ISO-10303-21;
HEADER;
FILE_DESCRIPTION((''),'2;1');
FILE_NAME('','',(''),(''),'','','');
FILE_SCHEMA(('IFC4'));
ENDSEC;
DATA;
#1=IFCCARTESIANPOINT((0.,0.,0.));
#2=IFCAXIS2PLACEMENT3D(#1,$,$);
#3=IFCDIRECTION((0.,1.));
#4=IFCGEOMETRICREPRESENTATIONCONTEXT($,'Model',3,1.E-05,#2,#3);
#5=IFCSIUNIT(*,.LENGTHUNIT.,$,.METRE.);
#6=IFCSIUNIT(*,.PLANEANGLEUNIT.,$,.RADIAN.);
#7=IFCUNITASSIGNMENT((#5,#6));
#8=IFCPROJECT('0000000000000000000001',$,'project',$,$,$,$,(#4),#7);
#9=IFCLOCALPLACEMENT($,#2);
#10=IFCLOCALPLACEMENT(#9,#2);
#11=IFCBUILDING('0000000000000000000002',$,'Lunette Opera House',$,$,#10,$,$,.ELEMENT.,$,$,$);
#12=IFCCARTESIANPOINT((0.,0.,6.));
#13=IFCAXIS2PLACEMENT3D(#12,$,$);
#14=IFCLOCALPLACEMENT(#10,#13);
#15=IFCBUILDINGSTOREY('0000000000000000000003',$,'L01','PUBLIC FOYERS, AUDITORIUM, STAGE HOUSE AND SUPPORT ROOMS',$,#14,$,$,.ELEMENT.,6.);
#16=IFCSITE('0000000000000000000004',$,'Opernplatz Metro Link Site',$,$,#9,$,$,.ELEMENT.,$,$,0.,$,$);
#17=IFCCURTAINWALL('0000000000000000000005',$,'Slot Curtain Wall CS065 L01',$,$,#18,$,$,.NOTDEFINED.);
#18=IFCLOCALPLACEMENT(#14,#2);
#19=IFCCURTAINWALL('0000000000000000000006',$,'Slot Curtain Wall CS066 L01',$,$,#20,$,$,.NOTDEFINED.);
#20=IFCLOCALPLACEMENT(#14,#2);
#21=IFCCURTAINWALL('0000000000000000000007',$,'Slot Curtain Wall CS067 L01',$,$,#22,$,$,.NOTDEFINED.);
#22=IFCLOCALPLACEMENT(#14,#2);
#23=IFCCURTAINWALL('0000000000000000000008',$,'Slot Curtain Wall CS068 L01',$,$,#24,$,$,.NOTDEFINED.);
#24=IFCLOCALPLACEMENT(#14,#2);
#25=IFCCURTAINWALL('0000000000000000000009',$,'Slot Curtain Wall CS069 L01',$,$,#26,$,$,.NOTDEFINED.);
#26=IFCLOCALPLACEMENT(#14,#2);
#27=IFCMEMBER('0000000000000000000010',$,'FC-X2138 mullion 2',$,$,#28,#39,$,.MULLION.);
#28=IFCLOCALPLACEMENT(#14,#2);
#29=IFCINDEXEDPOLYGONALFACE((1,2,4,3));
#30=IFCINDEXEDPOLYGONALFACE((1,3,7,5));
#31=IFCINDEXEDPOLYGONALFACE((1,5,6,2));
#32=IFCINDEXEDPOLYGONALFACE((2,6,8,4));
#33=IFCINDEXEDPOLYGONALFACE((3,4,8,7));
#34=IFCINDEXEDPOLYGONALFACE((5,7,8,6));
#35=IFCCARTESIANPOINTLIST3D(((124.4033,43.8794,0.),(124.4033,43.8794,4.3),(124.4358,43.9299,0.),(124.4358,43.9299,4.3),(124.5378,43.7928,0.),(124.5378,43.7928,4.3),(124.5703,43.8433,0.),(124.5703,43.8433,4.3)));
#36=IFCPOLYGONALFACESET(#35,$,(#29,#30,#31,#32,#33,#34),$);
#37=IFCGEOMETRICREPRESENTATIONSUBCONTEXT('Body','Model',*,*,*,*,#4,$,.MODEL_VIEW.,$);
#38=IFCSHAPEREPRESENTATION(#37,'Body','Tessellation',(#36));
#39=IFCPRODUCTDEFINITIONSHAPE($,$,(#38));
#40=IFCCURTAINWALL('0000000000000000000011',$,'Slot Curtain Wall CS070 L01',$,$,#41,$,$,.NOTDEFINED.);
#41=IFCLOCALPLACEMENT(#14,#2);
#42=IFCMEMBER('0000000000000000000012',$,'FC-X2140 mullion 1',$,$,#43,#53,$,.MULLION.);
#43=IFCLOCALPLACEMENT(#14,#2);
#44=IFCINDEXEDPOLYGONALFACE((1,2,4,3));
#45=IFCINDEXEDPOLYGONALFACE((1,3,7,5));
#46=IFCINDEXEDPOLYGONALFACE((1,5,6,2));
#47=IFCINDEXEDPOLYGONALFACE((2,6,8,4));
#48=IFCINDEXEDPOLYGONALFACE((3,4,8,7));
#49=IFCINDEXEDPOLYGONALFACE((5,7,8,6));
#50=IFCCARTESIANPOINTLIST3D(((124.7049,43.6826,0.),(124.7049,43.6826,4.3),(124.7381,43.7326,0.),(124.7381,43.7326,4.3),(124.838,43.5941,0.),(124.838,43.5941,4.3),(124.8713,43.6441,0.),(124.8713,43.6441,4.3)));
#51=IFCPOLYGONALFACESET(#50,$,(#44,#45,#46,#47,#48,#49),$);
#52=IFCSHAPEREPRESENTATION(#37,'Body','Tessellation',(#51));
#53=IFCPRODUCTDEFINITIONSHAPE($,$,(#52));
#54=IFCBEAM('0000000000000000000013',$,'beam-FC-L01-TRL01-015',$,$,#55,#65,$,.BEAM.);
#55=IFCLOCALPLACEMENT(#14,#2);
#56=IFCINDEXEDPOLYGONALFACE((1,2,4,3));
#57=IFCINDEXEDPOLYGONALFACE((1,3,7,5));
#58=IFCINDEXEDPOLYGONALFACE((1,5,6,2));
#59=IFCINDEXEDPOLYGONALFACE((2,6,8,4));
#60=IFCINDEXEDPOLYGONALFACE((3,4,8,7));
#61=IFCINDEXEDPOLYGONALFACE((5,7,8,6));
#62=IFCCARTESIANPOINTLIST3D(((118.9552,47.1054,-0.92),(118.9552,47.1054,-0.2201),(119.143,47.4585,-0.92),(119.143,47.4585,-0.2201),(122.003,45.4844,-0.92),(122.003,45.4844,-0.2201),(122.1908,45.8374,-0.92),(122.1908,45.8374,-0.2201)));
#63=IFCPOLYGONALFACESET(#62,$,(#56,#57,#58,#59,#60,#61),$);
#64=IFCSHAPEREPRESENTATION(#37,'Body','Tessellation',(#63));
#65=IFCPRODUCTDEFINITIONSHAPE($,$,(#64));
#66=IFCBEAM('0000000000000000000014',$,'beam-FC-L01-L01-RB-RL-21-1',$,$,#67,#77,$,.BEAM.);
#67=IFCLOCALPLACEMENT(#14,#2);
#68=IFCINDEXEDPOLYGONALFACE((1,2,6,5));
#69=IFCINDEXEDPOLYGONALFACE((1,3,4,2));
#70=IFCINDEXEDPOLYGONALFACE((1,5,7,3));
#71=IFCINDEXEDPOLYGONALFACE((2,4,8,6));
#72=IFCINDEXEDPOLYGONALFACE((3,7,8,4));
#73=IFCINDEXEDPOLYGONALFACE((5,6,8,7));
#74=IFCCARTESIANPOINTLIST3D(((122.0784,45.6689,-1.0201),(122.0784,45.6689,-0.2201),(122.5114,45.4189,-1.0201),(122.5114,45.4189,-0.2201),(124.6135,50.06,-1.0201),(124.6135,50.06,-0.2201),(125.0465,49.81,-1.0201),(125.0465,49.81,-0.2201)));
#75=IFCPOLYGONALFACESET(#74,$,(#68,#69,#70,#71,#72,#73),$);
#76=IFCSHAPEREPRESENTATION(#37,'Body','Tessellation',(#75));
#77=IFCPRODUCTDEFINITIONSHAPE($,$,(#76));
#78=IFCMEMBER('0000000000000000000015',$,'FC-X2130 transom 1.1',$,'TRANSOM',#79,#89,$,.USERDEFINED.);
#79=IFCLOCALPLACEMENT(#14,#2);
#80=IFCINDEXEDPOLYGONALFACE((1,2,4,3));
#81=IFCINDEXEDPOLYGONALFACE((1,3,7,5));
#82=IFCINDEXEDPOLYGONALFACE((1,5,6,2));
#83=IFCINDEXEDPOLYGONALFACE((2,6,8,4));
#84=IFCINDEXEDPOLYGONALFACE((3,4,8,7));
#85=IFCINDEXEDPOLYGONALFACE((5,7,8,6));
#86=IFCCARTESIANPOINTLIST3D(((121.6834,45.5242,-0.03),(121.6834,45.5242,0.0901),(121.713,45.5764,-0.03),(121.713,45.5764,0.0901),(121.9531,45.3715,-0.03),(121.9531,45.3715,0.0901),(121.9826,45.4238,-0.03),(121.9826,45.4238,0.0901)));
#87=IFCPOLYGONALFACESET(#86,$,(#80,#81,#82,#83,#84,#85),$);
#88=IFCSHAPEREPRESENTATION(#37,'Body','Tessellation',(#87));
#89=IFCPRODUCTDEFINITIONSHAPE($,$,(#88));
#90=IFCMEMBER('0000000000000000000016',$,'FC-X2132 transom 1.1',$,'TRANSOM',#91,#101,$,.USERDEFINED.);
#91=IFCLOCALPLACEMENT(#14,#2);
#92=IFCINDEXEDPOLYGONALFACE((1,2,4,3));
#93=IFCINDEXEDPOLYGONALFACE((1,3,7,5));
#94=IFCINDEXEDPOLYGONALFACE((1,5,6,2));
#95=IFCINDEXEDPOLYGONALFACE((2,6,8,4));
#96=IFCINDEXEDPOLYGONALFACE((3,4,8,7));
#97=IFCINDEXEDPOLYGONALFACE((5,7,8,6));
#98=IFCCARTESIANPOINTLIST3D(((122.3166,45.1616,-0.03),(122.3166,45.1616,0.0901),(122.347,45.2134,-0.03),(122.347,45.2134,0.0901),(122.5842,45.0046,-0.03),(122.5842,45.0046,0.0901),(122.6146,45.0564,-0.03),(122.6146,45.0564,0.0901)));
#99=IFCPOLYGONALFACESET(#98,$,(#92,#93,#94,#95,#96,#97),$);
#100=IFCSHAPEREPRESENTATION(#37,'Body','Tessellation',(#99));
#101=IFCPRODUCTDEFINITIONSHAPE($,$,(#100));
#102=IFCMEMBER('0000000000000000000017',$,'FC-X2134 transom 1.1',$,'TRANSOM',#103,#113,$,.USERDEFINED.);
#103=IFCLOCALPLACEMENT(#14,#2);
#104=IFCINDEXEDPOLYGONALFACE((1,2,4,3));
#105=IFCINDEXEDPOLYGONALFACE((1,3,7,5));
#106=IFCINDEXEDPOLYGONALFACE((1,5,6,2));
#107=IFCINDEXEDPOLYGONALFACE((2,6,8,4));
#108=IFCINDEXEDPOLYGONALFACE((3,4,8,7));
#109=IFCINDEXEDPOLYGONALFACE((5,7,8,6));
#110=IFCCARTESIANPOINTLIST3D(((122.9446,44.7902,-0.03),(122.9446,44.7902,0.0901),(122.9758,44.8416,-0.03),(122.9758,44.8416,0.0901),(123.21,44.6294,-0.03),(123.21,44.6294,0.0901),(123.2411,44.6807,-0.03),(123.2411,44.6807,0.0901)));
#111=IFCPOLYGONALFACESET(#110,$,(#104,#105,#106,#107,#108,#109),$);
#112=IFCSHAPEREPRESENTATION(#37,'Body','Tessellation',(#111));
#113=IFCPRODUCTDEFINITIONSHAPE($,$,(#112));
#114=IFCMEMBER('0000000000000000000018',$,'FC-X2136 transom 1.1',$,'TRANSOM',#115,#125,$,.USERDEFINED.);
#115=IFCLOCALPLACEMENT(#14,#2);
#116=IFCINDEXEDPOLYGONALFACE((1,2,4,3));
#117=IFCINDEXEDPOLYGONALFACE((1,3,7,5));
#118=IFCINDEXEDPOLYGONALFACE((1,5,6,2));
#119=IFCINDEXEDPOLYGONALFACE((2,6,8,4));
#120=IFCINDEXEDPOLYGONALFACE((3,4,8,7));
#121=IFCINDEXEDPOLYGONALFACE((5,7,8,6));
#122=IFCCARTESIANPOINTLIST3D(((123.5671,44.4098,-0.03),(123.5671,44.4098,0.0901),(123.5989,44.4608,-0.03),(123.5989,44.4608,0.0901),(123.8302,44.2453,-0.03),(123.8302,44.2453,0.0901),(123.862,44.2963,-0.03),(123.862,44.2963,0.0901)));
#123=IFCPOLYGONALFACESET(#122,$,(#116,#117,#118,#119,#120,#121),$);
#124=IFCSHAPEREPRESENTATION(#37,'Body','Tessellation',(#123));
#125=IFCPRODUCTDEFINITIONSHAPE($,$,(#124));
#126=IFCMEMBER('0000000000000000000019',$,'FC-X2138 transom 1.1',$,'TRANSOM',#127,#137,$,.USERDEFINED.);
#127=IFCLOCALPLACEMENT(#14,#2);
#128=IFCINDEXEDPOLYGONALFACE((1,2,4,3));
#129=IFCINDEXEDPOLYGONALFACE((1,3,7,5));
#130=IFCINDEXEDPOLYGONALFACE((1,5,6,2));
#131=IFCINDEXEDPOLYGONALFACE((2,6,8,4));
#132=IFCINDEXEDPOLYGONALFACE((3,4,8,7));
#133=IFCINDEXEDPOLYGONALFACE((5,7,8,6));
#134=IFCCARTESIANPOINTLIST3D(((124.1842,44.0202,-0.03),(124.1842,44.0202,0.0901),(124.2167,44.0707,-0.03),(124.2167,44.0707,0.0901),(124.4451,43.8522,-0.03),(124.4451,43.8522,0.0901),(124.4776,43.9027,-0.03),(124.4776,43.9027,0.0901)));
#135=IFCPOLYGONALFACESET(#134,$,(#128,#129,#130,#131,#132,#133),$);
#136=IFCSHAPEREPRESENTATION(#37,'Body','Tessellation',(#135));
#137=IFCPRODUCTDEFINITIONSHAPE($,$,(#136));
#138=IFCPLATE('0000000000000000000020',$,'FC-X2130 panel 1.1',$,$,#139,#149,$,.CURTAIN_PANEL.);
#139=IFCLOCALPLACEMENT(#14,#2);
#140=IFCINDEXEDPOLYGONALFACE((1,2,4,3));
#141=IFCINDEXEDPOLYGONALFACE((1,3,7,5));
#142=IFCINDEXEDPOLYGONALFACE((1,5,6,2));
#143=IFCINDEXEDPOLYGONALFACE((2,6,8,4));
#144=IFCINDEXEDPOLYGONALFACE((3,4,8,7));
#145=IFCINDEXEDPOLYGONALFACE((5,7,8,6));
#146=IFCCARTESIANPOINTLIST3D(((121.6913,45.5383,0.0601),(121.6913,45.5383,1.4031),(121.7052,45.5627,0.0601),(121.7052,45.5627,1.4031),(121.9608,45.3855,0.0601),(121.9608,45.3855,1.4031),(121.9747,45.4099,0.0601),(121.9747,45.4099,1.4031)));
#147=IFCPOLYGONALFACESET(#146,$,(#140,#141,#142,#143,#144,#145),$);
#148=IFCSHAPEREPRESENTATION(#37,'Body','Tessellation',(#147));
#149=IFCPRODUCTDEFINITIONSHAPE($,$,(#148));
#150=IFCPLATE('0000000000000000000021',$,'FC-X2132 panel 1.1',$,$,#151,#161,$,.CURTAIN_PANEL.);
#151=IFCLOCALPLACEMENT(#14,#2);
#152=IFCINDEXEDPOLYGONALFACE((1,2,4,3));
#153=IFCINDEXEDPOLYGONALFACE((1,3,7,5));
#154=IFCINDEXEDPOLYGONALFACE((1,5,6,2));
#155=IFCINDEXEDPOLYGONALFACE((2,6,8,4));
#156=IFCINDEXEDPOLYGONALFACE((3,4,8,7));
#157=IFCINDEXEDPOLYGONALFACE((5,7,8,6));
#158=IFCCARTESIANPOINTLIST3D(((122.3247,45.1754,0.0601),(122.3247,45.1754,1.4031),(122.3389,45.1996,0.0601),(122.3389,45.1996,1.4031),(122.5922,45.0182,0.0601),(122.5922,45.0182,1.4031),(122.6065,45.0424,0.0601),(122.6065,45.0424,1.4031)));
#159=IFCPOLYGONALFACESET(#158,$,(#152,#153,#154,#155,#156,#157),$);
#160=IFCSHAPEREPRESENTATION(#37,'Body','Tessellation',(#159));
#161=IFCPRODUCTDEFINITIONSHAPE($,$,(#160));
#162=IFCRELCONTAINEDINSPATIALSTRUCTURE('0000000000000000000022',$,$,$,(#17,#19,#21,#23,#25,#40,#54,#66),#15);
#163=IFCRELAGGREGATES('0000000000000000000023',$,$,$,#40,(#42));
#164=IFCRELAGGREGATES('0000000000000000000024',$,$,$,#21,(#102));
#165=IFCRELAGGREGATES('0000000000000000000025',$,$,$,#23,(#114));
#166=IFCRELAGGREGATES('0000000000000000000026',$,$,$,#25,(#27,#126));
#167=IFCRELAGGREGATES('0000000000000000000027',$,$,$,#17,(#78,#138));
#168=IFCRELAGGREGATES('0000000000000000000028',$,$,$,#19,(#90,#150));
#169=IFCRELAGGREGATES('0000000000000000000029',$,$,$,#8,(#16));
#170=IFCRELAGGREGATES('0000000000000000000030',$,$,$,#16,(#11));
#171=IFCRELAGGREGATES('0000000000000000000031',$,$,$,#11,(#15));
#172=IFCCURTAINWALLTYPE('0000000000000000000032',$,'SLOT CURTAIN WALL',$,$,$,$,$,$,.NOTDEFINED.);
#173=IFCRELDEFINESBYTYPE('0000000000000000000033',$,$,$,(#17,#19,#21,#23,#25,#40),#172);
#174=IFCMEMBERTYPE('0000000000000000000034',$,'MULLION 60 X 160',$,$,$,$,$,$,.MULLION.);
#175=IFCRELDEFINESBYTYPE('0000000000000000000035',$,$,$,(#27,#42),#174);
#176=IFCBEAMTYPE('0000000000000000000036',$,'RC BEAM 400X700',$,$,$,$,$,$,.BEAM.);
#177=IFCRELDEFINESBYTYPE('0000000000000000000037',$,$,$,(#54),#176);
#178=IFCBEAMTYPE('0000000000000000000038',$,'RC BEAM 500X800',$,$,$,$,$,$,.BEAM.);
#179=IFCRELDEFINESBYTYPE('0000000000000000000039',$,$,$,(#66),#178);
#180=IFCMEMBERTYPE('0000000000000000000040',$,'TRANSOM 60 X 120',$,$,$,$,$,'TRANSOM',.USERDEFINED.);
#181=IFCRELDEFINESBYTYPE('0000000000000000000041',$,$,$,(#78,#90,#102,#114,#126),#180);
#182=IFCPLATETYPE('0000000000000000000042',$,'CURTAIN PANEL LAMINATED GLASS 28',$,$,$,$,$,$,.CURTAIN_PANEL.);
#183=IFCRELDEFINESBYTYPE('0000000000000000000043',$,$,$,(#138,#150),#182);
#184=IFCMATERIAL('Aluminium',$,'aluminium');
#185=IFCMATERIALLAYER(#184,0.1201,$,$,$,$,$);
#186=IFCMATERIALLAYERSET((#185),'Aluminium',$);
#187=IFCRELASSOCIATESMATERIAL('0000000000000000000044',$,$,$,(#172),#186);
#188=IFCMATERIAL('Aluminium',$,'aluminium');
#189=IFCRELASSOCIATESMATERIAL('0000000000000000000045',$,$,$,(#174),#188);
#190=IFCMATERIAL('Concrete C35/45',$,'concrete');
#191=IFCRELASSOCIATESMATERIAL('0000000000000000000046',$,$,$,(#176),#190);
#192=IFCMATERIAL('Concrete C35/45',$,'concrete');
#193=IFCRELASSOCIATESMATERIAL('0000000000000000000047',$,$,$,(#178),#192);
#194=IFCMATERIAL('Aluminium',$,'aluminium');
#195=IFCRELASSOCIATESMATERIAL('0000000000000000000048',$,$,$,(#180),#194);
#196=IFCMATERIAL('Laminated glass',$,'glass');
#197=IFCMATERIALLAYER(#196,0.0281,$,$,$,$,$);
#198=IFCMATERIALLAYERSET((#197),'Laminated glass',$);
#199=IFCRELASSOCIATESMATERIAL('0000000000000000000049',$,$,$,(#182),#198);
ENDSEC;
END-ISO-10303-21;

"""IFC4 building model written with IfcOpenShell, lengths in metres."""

from ifc_helpers import new_model, si_unit, direction, frame, origin, origin_2d, place, context, subcontext, project, spatial, rectangle, extrude, material, layer, layer_set, material_profile, profile_set, type_object, element, aggregate, save


model = new_model("IFC4")

# Units and contexts
model_context = context("Model", 3, precision=1e-05, world=origin(), true_north=direction((0.0, 1.0)))
body_context = subcontext(model_context, "Body", "Model", "MODEL_VIEW")
ifc_project = project(units=[si_unit("LENGTHUNIT", "METRE"), si_unit("PLANEANGLEUNIT", "RADIAN")], contexts=[model_context])

# Site, building, storey
site_placement = place(None, origin())
site = spatial("IfcSite", under=ifc_project, at=site_placement, Name="Opernplatz Metro Link Site", CompositionType="ELEMENT", RefElevation=0.0)
building_placement = place(site_placement, origin())
building = spatial("IfcBuilding", under=site, at=building_placement, Name="Lunette Opera House", CompositionType="ELEMENT")
storey_placement = place(building_placement, frame((0.0, 0.0, 6.0)))
storey = spatial("IfcBuildingStorey", under=building, at=storey_placement, Name="L01", Description="PUBLIC FOYERS, AUDITORIUM, STAGE HOUSE AND SUPPORT ROOMS", CompositionType="ELEMENT", Elevation=6.0)

# Shared definitions
ifc_material_1 = material(Name="Aluminium", Category="aluminium")
ifc_layer_1 = layer(ifc_material_1, 0.1201)
ifc_layer_set_1 = layer_set([ifc_layer_1], Name="Aluminium")
curtain_wall_type = type_object("IfcCurtainWallType", Name="SLOT CURTAIN WALL", PredefinedType="NOTDEFINED", material=ifc_layer_set_1)
ifc_material_2 = material(Name="Aluminium", Category="aluminium")
ifc_material_profile_1 = material_profile(ifc_material_2, rectangle(XDim=0.0601, YDim=0.1599, at=origin_2d()), Name="MULLION 60 X 160")
ifc_profile_set_1 = profile_set([ifc_material_profile_1], Name="Aluminium")
member_type_1 = type_object("IfcMemberType", Name="MULLION 60 X 160", PredefinedType="MULLION", material=ifc_profile_set_1)

# Curtain walls, member
curtain_wall_1_placement = place(storey_placement, origin())
curtain_wall_1 = element("IfcCurtainWall", 1, at=curtain_wall_1_placement, inside=storey, type_object=curtain_wall_type, Name="Slot Curtain Wall CS065 L01", PredefinedType="NOTDEFINED")
curtain_wall_2_placement = place(storey_placement, origin())
curtain_wall_2 = element("IfcCurtainWall", 2, at=curtain_wall_2_placement, inside=storey, type_object=curtain_wall_type, Name="Slot Curtain Wall CS066 L01", PredefinedType="NOTDEFINED")
curtain_wall_3_placement = place(storey_placement, origin())
curtain_wall_3 = element("IfcCurtainWall", 3, at=curtain_wall_3_placement, inside=storey, type_object=curtain_wall_type, Name="Slot Curtain Wall CS067 L01", PredefinedType="NOTDEFINED")
curtain_wall_4_placement = place(storey_placement, origin())
curtain_wall_4 = element("IfcCurtainWall", 4, at=curtain_wall_4_placement, inside=storey, type_object=curtain_wall_type, Name="Slot Curtain Wall CS068 L01", PredefinedType="NOTDEFINED")
curtain_wall_5_placement = place(storey_placement, origin())
curtain_wall_5 = element("IfcCurtainWall", 5, at=curtain_wall_5_placement, inside=storey, type_object=curtain_wall_type, Name="Slot Curtain Wall CS069 L01", PredefinedType="NOTDEFINED")
member_1_placement = place(storey_placement, frame((124.4868, 43.8613, 0.0), z_axis=(0.0, 0.0, 1.0), x_axis=(0.541227, 0.840876, 0.0)))
member_1 = element("IfcMember", 6, at=member_1_placement, type_object=member_type_1, Name="FC-X2138 mullion 2", PredefinedType="MULLION", context=body_context, shape_type="SweptSolid", body=[
    extrude(rectangle(XDim=0.0601, YDim=0.1599, at=origin_2d()), origin(), (0.0, 0.0, 1.0), 4.3),
])

# Curtain wall, member
curtain_wall_6_placement = place(storey_placement, origin())
curtain_wall_6 = element("IfcCurtainWall", 7, at=curtain_wall_6_placement, inside=storey, type_object=curtain_wall_type, Name="Slot Curtain Wall CS070 L01", PredefinedType="NOTDEFINED")
member_2_placement = place(storey_placement, frame((124.7881, 43.6633, 0.0), z_axis=(0.0, 0.0, 1.0), x_axis=(0.553626, 0.832765, 0.0)))
member_2 = element("IfcMember", 8, at=member_2_placement, type_object=member_type_1, Name="FC-X2140 mullion 1", PredefinedType="MULLION", context=body_context, shape_type="SweptSolid", body=[
    extrude(rectangle(XDim=0.0601, YDim=0.1599, at=origin_2d()), origin(), (0.0, 0.0, 1.0), 4.3),
])
aggregate(curtain_wall_6, [member_2])

# Beams
ifc_material_3 = material(Name="Concrete C35/45", Category="concrete")
ifc_material_profile_2 = material_profile(ifc_material_3, rectangle(XDim=0.3999, YDim=0.7, at=origin_2d()), Name="RC BEAM 400X700")
ifc_profile_set_2 = profile_set([ifc_material_profile_2], Name="Concrete C35/45")
beam_type_1 = type_object("IfcBeamType", Name="RC BEAM 400X700", PredefinedType="BEAM", material=ifc_profile_set_2)
beam_1_placement = place(storey_placement, frame((122.0969, 45.6609, -0.5701), z_axis=(-0.882885, 0.46959, 0.0), x_axis=(-0.46959, -0.882885, 0.0)))
element("IfcBeam", 9, at=beam_1_placement, inside=storey, type_object=beam_type_1, Name="beam-FC-L01-TRL01-015", PredefinedType="BEAM", context=body_context, shape_type="SweptSolid", body=[
    extrude(rectangle(XDim=0.3999, YDim=0.7, at=origin_2d()), origin(), (0.0, 0.0, 1.0), 3.4521),
])
ifc_material_4 = material(Name="Concrete C35/45", Category="concrete")
ifc_material_profile_3 = material_profile(ifc_material_4, rectangle(XDim=0.5, YDim=0.8, at=origin_2d()), Name="RC BEAM 500X800")
ifc_profile_set_3 = profile_set([ifc_material_profile_3], Name="Concrete C35/45")
beam_type_2 = type_object("IfcBeamType", Name="RC BEAM 500X800", PredefinedType="BEAM", material=ifc_profile_set_3)
beam_2_placement = place(storey_placement, frame((122.2949, 45.5439, -0.6201), z_axis=(0.499992, 0.86603, 0.0), x_axis=(-0.86603, 0.499992, 0.0)))
element("IfcBeam", 10, at=beam_2_placement, inside=storey, type_object=beam_type_2, Name="beam-FC-L01-L01-RB-RL-21-1", PredefinedType="BEAM", context=body_context, shape_type="SweptSolid", body=[
    extrude(rectangle(XDim=0.5, YDim=0.8, at=origin_2d()), origin(), (0.0, 0.0, 1.0), 5.0703),
])

# Members
ifc_material_5 = material(Name="Aluminium", Category="aluminium")
ifc_material_profile_4 = material_profile(ifc_material_5, rectangle(XDim=0.0601, YDim=0.1201, at=origin_2d()), Name="TRANSOM 60 X 120")
ifc_profile_set_4 = profile_set([ifc_material_profile_4], Name="Aluminium")
member_type_2 = type_object("IfcMemberType", Name="TRANSOM 60 X 120", ElementType="TRANSOM", PredefinedType="USERDEFINED", material=ifc_profile_set_4)
member_3_placement = place(storey_placement, frame((121.6982, 45.5503, 0.03), z_axis=(0.870225, -0.492655, 0.0), x_axis=(0.492655, 0.870225, 0.0)))
member_3 = element("IfcMember", 11, at=member_3_placement, type_object=member_type_2, Name="FC-X2130 transom 1.1", ObjectType="TRANSOM", PredefinedType="USERDEFINED", context=body_context, shape_type="SweptSolid", body=[
    extrude(rectangle(XDim=0.0601, YDim=0.1201, at=origin_2d()), origin(), (0.0, 0.0, 1.0), 0.3098),
])
member_4_placement = place(storey_placement, frame((122.3318, 45.1875, 0.03), z_axis=(0.86252, -0.506022, 0.0), x_axis=(0.506022, 0.86252, 0.0)))
member_4 = element("IfcMember", 12, at=member_4_placement, type_object=member_type_2, Name="FC-X2132 transom 1.1", ObjectType="TRANSOM", PredefinedType="USERDEFINED", context=body_context, shape_type="SweptSolid", body=[
    extrude(rectangle(XDim=0.0601, YDim=0.1201, at=origin_2d()), origin(), (0.0, 0.0, 1.0), 0.3103),
])
member_5_placement = place(storey_placement, frame((122.9602, 44.8159, 0.03), z_axis=(0.855124, -0.518424, 0.0), x_axis=(0.518424, 0.855124, 0.0)))
member_5 = element("IfcMember", 13, at=member_5_placement, type_object=member_type_2, Name="FC-X2134 transom 1.1", ObjectType="TRANSOM", PredefinedType="USERDEFINED", context=body_context, shape_type="SweptSolid", body=[
    extrude(rectangle(XDim=0.0601, YDim=0.1201, at=origin_2d()), origin(), (0.0, 0.0, 1.0), 0.3103),
])
aggregate(curtain_wall_3, [member_5])
member_6_placement = place(storey_placement, frame((123.583, 44.4353, 0.03), z_axis=(0.84791, -0.53014, 0.0), x_axis=(0.53014, 0.84791, 0.0)))
member_6 = element("IfcMember", 14, at=member_6_placement, type_object=member_type_2, Name="FC-X2136 transom 1.1", ObjectType="TRANSOM", PredefinedType="USERDEFINED", context=body_context, shape_type="SweptSolid", body=[
    extrude(rectangle(XDim=0.0601, YDim=0.1201, at=origin_2d()), origin(), (0.0, 0.0, 1.0), 0.3103),
])
aggregate(curtain_wall_4, [member_6])
member_7_placement = place(storey_placement, frame((124.2004, 44.0454, 0.03), z_axis=(0.840897, -0.541195, 0.0), x_axis=(0.541195, 0.840897, 0.0)))
member_7 = element("IfcMember", 15, at=member_7_placement, type_object=member_type_2, Name="FC-X2138 transom 1.1", ObjectType="TRANSOM", PredefinedType="USERDEFINED", context=body_context, shape_type="SweptSolid", body=[
    extrude(rectangle(XDim=0.0601, YDim=0.1201, at=origin_2d()), origin(), (0.0, 0.0, 1.0), 0.3103),
])
aggregate(curtain_wall_5, [member_1, member_7])

# Plates
ifc_material_6 = material(Name="Laminated glass", Category="glass")
ifc_layer_2 = layer(ifc_material_6, 0.0281)
ifc_layer_set_2 = layer_set([ifc_layer_2], Name="Laminated glass")
plate_type = type_object("IfcPlateType", Name="CURTAIN PANEL LAMINATED GLASS 28", PredefinedType="CURTAIN_PANEL", material=ifc_layer_set_2)
plate_1_placement = place(storey_placement, frame((121.833, 45.4741, 0.0601), z_axis=(0.0, 0.0, 1.0), x_axis=(0.869956, -0.49313, 0.0)))
plate_1 = element("IfcPlate", 16, at=plate_1_placement, type_object=plate_type, Name="FC-X2130 panel 1.1", PredefinedType="CURTAIN_PANEL", context=body_context, shape_type="SweptSolid", body=[
    extrude(rectangle(XDim=0.3098, YDim=0.0281, at=origin_2d()), origin(), (0.0, 0.0, 1.0), 1.343),
])
aggregate(curtain_wall_1, [member_3, plate_1])
plate_2_placement = place(storey_placement, frame((122.4656, 45.1089, 0.0601), z_axis=(0.0, 0.0, 1.0), x_axis=(0.862173, -0.506614, 0.0)))
plate_2 = element("IfcPlate", 17, at=plate_2_placement, type_object=plate_type, Name="FC-X2132 panel 1.1", PredefinedType="CURTAIN_PANEL", context=body_context, shape_type="SweptSolid", body=[
    extrude(rectangle(XDim=0.3103, YDim=0.0281, at=origin_2d()), origin(), (0.0, 0.0, 1.0), 1.343),
])
aggregate(curtain_wall_2, [member_4, plate_2])

save(model, "model.ifc")
